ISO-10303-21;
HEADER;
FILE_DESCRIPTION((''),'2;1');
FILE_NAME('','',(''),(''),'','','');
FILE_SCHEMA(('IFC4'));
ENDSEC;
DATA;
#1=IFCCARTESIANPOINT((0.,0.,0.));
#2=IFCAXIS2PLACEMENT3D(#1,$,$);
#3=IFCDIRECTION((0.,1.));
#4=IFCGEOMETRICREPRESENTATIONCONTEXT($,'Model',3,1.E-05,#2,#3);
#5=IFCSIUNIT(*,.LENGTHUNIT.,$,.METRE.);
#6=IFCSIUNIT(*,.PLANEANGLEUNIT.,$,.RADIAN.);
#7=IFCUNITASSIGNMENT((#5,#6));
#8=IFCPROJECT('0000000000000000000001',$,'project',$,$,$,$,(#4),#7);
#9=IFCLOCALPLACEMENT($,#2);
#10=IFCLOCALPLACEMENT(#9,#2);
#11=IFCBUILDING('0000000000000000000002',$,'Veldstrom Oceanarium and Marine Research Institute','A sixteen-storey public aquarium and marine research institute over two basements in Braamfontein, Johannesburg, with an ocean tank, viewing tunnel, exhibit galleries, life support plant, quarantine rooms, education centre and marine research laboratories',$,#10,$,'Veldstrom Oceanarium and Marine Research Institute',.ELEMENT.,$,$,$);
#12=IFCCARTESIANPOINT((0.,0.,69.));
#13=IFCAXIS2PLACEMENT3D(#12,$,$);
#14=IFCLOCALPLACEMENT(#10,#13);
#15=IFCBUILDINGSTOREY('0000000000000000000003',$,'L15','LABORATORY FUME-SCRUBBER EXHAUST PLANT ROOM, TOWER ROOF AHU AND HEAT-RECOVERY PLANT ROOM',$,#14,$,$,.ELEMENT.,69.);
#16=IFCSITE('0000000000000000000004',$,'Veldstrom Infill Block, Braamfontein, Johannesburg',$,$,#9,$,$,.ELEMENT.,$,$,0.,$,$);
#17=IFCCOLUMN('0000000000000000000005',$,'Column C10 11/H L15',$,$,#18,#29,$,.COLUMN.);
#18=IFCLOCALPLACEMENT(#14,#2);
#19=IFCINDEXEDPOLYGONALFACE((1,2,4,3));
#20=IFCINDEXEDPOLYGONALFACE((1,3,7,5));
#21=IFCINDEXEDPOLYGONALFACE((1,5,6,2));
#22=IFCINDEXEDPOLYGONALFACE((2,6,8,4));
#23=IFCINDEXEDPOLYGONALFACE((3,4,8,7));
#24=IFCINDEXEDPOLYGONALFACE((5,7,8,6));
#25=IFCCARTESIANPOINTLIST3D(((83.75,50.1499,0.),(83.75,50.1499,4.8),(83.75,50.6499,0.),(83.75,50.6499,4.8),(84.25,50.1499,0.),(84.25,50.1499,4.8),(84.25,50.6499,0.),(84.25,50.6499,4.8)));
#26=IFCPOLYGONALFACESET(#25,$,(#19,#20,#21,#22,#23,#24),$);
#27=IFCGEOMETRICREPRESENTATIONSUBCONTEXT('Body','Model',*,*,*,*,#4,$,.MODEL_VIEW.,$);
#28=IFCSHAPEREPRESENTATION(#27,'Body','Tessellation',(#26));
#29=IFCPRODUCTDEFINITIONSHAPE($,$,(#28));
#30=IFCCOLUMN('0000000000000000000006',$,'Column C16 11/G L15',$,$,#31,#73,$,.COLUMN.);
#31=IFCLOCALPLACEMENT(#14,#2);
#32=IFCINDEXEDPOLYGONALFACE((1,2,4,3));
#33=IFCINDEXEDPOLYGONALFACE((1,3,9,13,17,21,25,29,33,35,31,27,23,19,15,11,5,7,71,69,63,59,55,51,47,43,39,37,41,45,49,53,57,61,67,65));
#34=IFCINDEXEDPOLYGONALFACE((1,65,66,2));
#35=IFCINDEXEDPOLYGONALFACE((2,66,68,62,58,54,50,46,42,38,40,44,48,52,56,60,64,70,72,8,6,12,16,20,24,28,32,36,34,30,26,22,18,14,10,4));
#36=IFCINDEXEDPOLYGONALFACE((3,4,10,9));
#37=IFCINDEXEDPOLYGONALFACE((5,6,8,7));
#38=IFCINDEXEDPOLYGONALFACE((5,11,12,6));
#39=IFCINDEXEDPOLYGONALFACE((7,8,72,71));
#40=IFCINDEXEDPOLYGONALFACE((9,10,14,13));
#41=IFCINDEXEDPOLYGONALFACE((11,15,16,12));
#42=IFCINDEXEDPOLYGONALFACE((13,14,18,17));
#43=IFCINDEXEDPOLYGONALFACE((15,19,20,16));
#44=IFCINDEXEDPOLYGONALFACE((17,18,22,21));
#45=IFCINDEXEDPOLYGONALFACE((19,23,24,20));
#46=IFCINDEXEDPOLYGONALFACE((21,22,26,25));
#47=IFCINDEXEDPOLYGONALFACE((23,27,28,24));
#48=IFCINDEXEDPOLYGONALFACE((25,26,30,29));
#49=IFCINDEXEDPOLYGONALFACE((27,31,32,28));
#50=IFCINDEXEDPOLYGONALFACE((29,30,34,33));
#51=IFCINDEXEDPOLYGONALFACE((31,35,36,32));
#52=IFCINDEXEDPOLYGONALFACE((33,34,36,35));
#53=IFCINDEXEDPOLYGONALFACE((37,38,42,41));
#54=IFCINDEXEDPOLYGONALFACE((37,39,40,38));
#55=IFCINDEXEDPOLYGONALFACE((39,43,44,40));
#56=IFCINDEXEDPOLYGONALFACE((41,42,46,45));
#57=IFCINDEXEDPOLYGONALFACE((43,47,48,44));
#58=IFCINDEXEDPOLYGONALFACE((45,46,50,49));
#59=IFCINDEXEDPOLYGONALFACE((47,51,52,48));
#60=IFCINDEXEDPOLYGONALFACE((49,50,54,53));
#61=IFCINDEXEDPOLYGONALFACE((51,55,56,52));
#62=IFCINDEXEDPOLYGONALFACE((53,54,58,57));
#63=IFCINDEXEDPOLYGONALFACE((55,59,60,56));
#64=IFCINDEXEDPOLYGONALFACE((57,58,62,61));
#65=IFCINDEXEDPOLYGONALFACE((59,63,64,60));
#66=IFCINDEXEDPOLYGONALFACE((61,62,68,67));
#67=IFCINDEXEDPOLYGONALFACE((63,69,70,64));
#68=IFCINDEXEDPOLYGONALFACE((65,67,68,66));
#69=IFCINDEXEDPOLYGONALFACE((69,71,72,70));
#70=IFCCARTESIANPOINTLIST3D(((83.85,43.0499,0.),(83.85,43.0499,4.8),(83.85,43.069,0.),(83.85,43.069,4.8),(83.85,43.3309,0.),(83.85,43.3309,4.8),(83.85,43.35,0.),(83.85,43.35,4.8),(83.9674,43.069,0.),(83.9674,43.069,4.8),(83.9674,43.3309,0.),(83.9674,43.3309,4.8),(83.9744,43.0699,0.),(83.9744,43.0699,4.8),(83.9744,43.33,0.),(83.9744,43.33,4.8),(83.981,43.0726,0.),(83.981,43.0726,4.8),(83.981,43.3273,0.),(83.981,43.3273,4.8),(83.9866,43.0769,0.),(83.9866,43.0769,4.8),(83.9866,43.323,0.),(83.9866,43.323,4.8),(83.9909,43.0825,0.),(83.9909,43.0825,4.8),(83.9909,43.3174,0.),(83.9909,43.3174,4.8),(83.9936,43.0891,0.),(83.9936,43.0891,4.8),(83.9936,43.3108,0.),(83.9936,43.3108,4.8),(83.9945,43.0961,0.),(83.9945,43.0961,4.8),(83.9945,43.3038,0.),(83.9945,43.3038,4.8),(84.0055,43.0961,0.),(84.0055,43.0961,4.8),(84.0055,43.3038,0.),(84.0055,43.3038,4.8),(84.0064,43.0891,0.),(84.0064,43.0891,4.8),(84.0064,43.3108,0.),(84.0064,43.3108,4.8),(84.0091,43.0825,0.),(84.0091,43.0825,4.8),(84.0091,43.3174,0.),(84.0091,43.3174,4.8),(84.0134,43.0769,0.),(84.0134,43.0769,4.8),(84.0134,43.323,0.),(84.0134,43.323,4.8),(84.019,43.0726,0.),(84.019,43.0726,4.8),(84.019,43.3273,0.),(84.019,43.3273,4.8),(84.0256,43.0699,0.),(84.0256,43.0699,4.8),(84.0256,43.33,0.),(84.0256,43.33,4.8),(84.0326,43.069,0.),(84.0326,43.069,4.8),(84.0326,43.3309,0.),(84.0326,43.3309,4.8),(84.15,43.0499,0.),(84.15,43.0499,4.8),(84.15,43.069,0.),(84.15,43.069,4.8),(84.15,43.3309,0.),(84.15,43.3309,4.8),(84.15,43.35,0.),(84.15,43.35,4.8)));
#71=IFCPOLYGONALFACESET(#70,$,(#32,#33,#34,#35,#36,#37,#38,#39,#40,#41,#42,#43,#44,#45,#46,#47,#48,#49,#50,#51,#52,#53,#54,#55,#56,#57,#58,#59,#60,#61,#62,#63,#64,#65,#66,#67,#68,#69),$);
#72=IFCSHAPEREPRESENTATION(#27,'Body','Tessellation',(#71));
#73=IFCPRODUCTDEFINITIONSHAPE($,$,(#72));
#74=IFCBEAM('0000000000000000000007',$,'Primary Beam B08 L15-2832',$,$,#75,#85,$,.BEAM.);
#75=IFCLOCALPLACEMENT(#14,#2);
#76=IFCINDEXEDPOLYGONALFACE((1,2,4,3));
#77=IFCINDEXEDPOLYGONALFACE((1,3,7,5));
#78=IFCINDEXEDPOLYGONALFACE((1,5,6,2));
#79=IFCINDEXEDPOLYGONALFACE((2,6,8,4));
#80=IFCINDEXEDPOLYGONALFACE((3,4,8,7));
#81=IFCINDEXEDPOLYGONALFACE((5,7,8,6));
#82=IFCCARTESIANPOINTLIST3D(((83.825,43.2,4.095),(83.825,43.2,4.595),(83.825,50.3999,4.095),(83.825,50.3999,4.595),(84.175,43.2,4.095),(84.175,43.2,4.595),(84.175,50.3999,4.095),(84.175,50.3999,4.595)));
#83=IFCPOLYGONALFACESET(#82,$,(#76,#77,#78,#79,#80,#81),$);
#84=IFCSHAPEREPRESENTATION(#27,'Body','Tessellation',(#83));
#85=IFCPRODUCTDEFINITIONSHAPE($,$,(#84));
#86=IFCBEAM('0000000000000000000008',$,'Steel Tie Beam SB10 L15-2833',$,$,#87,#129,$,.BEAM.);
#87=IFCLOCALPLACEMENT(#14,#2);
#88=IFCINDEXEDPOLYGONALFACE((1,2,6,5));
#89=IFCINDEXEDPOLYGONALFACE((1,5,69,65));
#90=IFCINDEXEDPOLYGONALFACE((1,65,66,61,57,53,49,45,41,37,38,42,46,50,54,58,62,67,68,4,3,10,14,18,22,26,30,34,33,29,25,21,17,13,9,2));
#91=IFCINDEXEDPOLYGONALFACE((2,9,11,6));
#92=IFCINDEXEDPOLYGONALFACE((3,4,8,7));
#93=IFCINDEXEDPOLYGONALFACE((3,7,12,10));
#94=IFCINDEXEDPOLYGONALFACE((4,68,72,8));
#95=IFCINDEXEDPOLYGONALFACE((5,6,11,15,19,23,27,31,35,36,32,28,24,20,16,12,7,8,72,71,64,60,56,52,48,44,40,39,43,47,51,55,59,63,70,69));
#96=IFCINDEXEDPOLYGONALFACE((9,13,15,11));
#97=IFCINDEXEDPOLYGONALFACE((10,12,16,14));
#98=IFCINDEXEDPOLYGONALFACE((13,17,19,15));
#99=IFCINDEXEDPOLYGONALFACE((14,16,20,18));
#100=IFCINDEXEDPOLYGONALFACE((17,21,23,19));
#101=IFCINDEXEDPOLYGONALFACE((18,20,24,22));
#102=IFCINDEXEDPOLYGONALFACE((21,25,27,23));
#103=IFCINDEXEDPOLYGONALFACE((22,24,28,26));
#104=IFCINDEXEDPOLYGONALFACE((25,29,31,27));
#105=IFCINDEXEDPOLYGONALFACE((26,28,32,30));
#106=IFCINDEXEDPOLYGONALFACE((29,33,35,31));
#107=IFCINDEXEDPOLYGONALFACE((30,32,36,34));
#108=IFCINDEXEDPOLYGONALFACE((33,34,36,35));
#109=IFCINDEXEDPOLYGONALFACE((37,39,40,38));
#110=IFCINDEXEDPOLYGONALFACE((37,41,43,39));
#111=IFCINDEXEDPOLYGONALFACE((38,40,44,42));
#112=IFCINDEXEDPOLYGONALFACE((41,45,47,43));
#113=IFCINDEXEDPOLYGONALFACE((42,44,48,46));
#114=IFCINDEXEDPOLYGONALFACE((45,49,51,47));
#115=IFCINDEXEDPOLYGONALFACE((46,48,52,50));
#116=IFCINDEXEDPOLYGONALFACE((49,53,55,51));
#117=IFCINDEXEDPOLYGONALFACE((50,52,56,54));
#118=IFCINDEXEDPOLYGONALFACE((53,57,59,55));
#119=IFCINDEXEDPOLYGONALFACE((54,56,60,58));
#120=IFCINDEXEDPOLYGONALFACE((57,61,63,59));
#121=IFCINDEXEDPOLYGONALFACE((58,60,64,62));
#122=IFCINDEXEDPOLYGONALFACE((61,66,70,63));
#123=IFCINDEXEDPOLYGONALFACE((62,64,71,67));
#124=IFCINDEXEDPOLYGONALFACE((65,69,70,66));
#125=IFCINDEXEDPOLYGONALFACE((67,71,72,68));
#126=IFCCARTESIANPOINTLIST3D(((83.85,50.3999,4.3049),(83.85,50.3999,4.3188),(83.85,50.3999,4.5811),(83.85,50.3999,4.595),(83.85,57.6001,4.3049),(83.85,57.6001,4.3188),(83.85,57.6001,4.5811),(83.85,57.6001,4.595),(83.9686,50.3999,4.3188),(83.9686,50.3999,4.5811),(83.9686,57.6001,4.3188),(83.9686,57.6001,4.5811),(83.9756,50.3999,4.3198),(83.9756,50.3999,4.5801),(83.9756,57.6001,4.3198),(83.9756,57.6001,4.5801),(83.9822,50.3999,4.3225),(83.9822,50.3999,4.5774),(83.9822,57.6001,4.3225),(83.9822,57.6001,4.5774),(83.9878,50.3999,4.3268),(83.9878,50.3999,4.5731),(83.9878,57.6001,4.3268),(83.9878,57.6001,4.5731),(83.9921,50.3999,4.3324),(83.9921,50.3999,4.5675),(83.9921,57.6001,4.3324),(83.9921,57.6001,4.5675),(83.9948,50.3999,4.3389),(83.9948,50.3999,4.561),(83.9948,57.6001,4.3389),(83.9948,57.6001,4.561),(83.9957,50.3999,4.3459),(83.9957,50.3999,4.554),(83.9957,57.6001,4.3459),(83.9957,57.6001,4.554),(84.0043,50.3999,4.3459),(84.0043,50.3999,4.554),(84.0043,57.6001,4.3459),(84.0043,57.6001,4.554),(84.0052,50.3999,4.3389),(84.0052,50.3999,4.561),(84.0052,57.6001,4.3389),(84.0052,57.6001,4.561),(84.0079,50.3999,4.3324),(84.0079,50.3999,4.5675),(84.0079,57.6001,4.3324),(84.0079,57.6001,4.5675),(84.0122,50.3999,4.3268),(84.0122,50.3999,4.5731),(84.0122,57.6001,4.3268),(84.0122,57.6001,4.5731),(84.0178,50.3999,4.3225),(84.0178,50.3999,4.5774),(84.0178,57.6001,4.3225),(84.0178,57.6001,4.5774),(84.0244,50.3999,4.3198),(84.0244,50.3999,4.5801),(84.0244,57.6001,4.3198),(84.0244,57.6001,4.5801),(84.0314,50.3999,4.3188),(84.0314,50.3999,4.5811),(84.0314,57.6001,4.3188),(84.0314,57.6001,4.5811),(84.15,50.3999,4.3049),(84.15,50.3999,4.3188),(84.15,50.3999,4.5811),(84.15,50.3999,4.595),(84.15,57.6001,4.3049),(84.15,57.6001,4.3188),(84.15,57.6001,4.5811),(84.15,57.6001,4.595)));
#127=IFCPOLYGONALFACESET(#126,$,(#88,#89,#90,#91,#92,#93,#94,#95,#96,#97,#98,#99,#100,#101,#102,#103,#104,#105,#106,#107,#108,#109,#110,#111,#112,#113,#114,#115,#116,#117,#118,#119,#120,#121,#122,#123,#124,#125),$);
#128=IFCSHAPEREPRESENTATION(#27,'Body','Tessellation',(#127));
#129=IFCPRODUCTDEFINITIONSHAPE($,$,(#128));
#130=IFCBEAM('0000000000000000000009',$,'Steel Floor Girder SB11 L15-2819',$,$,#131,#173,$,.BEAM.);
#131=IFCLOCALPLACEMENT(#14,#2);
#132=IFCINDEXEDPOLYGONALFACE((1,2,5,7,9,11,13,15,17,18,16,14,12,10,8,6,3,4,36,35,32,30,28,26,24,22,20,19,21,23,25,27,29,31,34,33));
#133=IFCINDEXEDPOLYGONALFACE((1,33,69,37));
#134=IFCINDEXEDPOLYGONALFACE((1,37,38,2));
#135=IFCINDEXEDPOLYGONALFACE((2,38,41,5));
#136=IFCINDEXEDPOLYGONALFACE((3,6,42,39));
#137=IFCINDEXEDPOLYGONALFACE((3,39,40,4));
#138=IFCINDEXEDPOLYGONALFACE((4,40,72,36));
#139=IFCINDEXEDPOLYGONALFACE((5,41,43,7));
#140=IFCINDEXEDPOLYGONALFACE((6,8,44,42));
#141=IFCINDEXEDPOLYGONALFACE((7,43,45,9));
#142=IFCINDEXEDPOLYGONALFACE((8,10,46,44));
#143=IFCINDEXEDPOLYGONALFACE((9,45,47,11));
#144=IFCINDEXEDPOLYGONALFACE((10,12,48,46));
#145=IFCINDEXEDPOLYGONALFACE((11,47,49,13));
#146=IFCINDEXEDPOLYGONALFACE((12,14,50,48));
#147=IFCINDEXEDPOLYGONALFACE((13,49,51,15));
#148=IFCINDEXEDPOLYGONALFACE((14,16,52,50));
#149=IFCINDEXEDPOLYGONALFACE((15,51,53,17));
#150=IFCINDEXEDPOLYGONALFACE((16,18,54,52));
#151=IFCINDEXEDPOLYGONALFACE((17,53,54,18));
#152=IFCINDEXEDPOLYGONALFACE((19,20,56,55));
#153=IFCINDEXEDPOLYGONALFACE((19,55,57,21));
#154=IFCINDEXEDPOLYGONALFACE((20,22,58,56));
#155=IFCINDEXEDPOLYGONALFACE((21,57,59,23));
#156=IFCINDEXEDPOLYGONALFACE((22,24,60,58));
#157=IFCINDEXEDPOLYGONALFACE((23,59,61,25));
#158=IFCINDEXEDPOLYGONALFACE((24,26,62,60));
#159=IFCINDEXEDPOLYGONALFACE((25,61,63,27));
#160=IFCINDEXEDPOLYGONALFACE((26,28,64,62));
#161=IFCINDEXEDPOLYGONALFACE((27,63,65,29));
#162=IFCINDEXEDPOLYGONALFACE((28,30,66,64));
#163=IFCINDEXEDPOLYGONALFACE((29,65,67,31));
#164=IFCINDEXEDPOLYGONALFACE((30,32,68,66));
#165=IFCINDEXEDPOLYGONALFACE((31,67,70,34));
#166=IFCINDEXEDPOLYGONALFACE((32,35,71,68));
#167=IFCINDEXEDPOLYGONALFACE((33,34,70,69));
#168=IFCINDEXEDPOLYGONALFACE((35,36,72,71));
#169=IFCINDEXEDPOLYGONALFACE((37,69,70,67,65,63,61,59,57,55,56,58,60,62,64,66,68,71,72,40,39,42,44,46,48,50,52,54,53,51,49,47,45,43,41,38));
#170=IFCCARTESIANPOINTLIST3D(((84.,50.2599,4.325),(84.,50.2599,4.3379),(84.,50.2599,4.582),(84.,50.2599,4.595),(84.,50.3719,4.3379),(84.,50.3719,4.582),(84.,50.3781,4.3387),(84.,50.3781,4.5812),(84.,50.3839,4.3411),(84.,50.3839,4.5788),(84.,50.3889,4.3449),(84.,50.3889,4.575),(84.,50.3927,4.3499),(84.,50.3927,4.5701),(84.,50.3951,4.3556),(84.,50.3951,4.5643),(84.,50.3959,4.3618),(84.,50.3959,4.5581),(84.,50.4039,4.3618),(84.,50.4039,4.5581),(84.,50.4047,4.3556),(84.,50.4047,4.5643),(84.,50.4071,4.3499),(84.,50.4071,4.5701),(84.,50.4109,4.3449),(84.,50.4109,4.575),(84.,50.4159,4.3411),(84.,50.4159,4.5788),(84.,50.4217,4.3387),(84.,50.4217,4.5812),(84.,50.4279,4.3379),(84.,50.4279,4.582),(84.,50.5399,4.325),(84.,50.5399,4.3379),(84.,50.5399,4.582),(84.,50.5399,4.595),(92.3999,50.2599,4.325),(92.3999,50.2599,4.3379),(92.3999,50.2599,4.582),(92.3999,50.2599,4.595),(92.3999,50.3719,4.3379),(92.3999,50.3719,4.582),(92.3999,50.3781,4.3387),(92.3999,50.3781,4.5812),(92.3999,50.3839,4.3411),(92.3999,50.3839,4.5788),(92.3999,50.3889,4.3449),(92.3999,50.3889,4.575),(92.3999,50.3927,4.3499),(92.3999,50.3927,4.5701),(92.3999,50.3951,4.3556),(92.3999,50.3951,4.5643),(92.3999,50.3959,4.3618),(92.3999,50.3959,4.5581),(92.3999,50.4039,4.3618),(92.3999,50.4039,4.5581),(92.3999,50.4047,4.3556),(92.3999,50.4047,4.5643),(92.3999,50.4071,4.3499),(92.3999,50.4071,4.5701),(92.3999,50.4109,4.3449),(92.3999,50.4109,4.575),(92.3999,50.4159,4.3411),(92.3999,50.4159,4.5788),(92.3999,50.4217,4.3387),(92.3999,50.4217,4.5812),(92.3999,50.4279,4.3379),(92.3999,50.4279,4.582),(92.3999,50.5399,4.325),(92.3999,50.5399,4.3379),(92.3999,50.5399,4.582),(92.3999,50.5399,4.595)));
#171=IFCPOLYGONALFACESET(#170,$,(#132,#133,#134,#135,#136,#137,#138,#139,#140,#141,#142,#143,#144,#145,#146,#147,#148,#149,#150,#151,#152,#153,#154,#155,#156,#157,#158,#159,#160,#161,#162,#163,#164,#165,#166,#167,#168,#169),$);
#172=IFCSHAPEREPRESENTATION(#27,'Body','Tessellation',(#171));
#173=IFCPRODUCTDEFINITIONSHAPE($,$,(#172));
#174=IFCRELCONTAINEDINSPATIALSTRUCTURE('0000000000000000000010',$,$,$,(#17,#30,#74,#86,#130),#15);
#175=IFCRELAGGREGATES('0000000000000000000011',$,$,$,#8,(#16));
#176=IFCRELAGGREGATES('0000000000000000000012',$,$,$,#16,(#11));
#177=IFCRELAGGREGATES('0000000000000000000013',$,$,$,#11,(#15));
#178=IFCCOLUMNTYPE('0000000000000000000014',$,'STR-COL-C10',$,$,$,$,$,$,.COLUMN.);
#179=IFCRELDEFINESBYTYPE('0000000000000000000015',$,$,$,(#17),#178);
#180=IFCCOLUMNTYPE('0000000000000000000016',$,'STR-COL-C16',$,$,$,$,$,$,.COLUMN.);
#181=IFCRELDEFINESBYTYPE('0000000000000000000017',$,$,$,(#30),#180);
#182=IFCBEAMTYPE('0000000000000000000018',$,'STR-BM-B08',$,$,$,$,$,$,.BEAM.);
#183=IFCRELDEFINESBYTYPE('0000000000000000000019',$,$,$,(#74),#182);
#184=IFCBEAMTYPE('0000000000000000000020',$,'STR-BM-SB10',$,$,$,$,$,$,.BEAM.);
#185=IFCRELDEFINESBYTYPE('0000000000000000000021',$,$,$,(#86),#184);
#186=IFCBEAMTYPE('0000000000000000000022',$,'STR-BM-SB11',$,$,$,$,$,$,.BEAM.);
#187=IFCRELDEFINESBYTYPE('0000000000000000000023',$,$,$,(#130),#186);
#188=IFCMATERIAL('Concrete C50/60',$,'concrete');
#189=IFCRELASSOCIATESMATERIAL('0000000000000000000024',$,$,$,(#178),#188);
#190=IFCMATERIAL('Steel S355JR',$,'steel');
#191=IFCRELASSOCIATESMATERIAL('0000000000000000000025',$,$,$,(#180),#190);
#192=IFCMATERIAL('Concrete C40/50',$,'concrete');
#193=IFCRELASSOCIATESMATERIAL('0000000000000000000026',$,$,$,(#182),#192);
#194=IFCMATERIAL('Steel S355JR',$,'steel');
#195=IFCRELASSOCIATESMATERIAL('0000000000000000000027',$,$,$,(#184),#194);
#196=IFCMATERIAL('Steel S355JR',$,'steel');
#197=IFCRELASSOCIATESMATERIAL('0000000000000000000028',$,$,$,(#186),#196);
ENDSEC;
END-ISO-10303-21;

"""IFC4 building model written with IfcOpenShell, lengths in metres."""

from ifc_helpers import new_model, si_unit, direction, frame, origin, origin_2d, place, context, subcontext, project, spatial, rectangle, i_section, extrude, material, material_profile, profile_set, type_object, element, save


model = new_model("IFC4")

# Units and contexts
model_context = context("Model", 3, precision=1e-05, world=origin(), true_north=direction((0.0, 1.0)))
body_context = subcontext(model_context, "Body", "Model", "MODEL_VIEW")
ifc_project = project(units=[si_unit("LENGTHUNIT", "METRE"), si_unit("PLANEANGLEUNIT", "RADIAN")], contexts=[model_context])

# Site, building, storey
site_placement = place(None, origin())
site = spatial("IfcSite", under=ifc_project, at=site_placement, Name="Veldstrom Infill Block, Braamfontein, Johannesburg", CompositionType="ELEMENT", RefElevation=0.0)
building_placement = place(site_placement, origin())
building = spatial("IfcBuilding", under=site, at=building_placement, Name="Veldstrom Oceanarium and Marine Research Institute", Description="A sixteen-storey public aquarium and marine research institute over two basements in Braamfontein, Johannesburg, with an ocean tank, viewing tunnel, exhibit galleries, life support plant, quarantine rooms, education centre and marine research laboratories", LongName="Veldstrom Oceanarium and Marine Research Institute", CompositionType="ELEMENT")
storey_placement = place(building_placement, frame((0.0, 0.0, 69.0)))
storey = spatial("IfcBuildingStorey", under=building, at=storey_placement, Name="L15", Description="LABORATORY FUME-SCRUBBER EXHAUST PLANT ROOM, TOWER ROOF AHU AND HEAT-RECOVERY PLANT ROOM", CompositionType="ELEMENT", Elevation=69.0)

# Columns
ifc_material_1 = material(Name="Concrete C50/60", Category="concrete")
ifc_material_profile_1 = material_profile(ifc_material_1, rectangle(XDim=0.5, YDim=0.5, at=origin_2d()), Name="RC-COL-500x500")
ifc_profile_set_1 = profile_set([ifc_material_profile_1], Name="Concrete C50/60")
column_type_1 = type_object("IfcColumnType", Name="STR-COL-C10", PredefinedType="COLUMN", material=ifc_profile_set_1)
column_1_placement = place(storey_placement, frame((84.0, 50.3999, 0.0), z_axis=(0.0, 0.0, 1.0), x_axis=(1.0, 0.0, 0.0)))
element("IfcColumn", 1, at=column_1_placement, inside=storey, type_object=column_type_1, Name="Column C10 11/H L15", PredefinedType="COLUMN", context=body_context, shape_type="SweptSolid", body=[
    extrude(rectangle(XDim=0.5, YDim=0.5, at=origin_2d()), origin(), (0.0, 0.0, 1.0), 4.8),
])
ifc_material_2 = material(Name="Steel S355JR", Category="steel")
ifc_material_profile_2 = material_profile(ifc_material_2, i_section(OverallWidth=0.3, OverallDepth=0.3, WebThickness=0.011, FlangeThickness=0.019, FilletRadius=0.0271, at=origin_2d()), Name="HEB 300")
ifc_profile_set_2 = profile_set([ifc_material_profile_2], Name="Steel S355JR")
column_type_2 = type_object("IfcColumnType", Name="STR-COL-C16", PredefinedType="COLUMN", material=ifc_profile_set_2)
column_2_placement = place(storey_placement, frame((84.0, 43.2, 0.0), z_axis=(0.0, 0.0, 1.0), x_axis=(1.0, 0.0, 0.0)))
element("IfcColumn", 2, at=column_2_placement, inside=storey, type_object=column_type_2, Name="Column C16 11/G L15", PredefinedType="COLUMN", context=body_context, shape_type="SweptSolid", body=[
    extrude(i_section(OverallWidth=0.3, OverallDepth=0.3, WebThickness=0.011, FlangeThickness=0.019, FilletRadius=0.0271, at=origin_2d()), origin(), (0.0, 0.0, 1.0), 4.8),
])

# Beams
ifc_material_3 = material(Name="Concrete C40/50", Category="concrete")
ifc_material_profile_3 = material_profile(ifc_material_3, rectangle(XDim=0.3501, YDim=0.5, at=origin_2d()), Name="RC-BM-350x500")
ifc_profile_set_3 = profile_set([ifc_material_profile_3], Name="Concrete C40/50")
beam_type_1 = type_object("IfcBeamType", Name="STR-BM-B08", PredefinedType="BEAM", material=ifc_profile_set_3)
beam_1_placement = place(storey_placement, frame((84.0, 43.2, 4.345), z_axis=(0.0, 1.0, 0.0), x_axis=(-1.0, 0.0, 0.0)))
element("IfcBeam", 3, at=beam_1_placement, inside=storey, type_object=beam_type_1, Name="Primary Beam B08 L15-2832", PredefinedType="BEAM", context=body_context, shape_type="SweptSolid", body=[
    extrude(rectangle(XDim=0.3501, YDim=0.5, at=origin_2d()), origin(), (0.0, 0.0, 1.0), 7.2),
])
ifc_material_4 = material(Name="Steel S355JR", Category="steel")
ifc_material_profile_4 = material_profile(ifc_material_4, i_section(OverallWidth=0.3, OverallDepth=0.29, WebThickness=0.0085, FlangeThickness=0.0139, FilletRadius=0.0271, at=origin_2d()), Name="HEA 300")
ifc_profile_set_4 = profile_set([ifc_material_profile_4], Name="Steel S355JR")
beam_type_2 = type_object("IfcBeamType", Name="STR-BM-SB10", PredefinedType="BEAM", material=ifc_profile_set_4)
beam_2_placement = place(storey_placement, frame((84.0, 50.3999, 4.45), z_axis=(0.0, 1.0, 0.0), x_axis=(-1.0, 0.0, 0.0)))
element("IfcBeam", 4, at=beam_2_placement, inside=storey, type_object=beam_type_2, Name="Steel Tie Beam SB10 L15-2833", PredefinedType="BEAM", context=body_context, shape_type="SweptSolid", body=[
    extrude(i_section(OverallWidth=0.3, OverallDepth=0.29, WebThickness=0.0085, FlangeThickness=0.0139, FilletRadius=0.0271, at=origin_2d()), origin(), (0.0, 0.0, 1.0), 7.2002),
])
ifc_material_5 = material(Name="Steel S355JR", Category="steel")
ifc_material_profile_5 = material_profile(ifc_material_5, i_section(OverallWidth=0.28, OverallDepth=0.27, WebThickness=0.0081, FlangeThickness=0.0129, FilletRadius=0.0239, at=origin_2d()), Name="HEA 280")
ifc_profile_set_5 = profile_set([ifc_material_profile_5], Name="Steel S355JR")
beam_type_3 = type_object("IfcBeamType", Name="STR-BM-SB11", PredefinedType="BEAM", material=ifc_profile_set_5)
beam_3_placement = place(storey_placement, frame((84.0, 50.3999, 4.46), z_axis=(1.0, 0.0, 0.0), x_axis=(0.0, 1.0, 0.0)))
element("IfcBeam", 5, at=beam_3_placement, inside=storey, type_object=beam_type_3, Name="Steel Floor Girder SB11 L15-2819", PredefinedType="BEAM", context=body_context, shape_type="SweptSolid", body=[
    extrude(i_section(OverallWidth=0.28, OverallDepth=0.27, WebThickness=0.0081, FlangeThickness=0.0129, FilletRadius=0.0239, at=origin_2d()), origin(), (0.0, 0.0, 1.0), 8.3999),
])

save(model, "model.ifc")
